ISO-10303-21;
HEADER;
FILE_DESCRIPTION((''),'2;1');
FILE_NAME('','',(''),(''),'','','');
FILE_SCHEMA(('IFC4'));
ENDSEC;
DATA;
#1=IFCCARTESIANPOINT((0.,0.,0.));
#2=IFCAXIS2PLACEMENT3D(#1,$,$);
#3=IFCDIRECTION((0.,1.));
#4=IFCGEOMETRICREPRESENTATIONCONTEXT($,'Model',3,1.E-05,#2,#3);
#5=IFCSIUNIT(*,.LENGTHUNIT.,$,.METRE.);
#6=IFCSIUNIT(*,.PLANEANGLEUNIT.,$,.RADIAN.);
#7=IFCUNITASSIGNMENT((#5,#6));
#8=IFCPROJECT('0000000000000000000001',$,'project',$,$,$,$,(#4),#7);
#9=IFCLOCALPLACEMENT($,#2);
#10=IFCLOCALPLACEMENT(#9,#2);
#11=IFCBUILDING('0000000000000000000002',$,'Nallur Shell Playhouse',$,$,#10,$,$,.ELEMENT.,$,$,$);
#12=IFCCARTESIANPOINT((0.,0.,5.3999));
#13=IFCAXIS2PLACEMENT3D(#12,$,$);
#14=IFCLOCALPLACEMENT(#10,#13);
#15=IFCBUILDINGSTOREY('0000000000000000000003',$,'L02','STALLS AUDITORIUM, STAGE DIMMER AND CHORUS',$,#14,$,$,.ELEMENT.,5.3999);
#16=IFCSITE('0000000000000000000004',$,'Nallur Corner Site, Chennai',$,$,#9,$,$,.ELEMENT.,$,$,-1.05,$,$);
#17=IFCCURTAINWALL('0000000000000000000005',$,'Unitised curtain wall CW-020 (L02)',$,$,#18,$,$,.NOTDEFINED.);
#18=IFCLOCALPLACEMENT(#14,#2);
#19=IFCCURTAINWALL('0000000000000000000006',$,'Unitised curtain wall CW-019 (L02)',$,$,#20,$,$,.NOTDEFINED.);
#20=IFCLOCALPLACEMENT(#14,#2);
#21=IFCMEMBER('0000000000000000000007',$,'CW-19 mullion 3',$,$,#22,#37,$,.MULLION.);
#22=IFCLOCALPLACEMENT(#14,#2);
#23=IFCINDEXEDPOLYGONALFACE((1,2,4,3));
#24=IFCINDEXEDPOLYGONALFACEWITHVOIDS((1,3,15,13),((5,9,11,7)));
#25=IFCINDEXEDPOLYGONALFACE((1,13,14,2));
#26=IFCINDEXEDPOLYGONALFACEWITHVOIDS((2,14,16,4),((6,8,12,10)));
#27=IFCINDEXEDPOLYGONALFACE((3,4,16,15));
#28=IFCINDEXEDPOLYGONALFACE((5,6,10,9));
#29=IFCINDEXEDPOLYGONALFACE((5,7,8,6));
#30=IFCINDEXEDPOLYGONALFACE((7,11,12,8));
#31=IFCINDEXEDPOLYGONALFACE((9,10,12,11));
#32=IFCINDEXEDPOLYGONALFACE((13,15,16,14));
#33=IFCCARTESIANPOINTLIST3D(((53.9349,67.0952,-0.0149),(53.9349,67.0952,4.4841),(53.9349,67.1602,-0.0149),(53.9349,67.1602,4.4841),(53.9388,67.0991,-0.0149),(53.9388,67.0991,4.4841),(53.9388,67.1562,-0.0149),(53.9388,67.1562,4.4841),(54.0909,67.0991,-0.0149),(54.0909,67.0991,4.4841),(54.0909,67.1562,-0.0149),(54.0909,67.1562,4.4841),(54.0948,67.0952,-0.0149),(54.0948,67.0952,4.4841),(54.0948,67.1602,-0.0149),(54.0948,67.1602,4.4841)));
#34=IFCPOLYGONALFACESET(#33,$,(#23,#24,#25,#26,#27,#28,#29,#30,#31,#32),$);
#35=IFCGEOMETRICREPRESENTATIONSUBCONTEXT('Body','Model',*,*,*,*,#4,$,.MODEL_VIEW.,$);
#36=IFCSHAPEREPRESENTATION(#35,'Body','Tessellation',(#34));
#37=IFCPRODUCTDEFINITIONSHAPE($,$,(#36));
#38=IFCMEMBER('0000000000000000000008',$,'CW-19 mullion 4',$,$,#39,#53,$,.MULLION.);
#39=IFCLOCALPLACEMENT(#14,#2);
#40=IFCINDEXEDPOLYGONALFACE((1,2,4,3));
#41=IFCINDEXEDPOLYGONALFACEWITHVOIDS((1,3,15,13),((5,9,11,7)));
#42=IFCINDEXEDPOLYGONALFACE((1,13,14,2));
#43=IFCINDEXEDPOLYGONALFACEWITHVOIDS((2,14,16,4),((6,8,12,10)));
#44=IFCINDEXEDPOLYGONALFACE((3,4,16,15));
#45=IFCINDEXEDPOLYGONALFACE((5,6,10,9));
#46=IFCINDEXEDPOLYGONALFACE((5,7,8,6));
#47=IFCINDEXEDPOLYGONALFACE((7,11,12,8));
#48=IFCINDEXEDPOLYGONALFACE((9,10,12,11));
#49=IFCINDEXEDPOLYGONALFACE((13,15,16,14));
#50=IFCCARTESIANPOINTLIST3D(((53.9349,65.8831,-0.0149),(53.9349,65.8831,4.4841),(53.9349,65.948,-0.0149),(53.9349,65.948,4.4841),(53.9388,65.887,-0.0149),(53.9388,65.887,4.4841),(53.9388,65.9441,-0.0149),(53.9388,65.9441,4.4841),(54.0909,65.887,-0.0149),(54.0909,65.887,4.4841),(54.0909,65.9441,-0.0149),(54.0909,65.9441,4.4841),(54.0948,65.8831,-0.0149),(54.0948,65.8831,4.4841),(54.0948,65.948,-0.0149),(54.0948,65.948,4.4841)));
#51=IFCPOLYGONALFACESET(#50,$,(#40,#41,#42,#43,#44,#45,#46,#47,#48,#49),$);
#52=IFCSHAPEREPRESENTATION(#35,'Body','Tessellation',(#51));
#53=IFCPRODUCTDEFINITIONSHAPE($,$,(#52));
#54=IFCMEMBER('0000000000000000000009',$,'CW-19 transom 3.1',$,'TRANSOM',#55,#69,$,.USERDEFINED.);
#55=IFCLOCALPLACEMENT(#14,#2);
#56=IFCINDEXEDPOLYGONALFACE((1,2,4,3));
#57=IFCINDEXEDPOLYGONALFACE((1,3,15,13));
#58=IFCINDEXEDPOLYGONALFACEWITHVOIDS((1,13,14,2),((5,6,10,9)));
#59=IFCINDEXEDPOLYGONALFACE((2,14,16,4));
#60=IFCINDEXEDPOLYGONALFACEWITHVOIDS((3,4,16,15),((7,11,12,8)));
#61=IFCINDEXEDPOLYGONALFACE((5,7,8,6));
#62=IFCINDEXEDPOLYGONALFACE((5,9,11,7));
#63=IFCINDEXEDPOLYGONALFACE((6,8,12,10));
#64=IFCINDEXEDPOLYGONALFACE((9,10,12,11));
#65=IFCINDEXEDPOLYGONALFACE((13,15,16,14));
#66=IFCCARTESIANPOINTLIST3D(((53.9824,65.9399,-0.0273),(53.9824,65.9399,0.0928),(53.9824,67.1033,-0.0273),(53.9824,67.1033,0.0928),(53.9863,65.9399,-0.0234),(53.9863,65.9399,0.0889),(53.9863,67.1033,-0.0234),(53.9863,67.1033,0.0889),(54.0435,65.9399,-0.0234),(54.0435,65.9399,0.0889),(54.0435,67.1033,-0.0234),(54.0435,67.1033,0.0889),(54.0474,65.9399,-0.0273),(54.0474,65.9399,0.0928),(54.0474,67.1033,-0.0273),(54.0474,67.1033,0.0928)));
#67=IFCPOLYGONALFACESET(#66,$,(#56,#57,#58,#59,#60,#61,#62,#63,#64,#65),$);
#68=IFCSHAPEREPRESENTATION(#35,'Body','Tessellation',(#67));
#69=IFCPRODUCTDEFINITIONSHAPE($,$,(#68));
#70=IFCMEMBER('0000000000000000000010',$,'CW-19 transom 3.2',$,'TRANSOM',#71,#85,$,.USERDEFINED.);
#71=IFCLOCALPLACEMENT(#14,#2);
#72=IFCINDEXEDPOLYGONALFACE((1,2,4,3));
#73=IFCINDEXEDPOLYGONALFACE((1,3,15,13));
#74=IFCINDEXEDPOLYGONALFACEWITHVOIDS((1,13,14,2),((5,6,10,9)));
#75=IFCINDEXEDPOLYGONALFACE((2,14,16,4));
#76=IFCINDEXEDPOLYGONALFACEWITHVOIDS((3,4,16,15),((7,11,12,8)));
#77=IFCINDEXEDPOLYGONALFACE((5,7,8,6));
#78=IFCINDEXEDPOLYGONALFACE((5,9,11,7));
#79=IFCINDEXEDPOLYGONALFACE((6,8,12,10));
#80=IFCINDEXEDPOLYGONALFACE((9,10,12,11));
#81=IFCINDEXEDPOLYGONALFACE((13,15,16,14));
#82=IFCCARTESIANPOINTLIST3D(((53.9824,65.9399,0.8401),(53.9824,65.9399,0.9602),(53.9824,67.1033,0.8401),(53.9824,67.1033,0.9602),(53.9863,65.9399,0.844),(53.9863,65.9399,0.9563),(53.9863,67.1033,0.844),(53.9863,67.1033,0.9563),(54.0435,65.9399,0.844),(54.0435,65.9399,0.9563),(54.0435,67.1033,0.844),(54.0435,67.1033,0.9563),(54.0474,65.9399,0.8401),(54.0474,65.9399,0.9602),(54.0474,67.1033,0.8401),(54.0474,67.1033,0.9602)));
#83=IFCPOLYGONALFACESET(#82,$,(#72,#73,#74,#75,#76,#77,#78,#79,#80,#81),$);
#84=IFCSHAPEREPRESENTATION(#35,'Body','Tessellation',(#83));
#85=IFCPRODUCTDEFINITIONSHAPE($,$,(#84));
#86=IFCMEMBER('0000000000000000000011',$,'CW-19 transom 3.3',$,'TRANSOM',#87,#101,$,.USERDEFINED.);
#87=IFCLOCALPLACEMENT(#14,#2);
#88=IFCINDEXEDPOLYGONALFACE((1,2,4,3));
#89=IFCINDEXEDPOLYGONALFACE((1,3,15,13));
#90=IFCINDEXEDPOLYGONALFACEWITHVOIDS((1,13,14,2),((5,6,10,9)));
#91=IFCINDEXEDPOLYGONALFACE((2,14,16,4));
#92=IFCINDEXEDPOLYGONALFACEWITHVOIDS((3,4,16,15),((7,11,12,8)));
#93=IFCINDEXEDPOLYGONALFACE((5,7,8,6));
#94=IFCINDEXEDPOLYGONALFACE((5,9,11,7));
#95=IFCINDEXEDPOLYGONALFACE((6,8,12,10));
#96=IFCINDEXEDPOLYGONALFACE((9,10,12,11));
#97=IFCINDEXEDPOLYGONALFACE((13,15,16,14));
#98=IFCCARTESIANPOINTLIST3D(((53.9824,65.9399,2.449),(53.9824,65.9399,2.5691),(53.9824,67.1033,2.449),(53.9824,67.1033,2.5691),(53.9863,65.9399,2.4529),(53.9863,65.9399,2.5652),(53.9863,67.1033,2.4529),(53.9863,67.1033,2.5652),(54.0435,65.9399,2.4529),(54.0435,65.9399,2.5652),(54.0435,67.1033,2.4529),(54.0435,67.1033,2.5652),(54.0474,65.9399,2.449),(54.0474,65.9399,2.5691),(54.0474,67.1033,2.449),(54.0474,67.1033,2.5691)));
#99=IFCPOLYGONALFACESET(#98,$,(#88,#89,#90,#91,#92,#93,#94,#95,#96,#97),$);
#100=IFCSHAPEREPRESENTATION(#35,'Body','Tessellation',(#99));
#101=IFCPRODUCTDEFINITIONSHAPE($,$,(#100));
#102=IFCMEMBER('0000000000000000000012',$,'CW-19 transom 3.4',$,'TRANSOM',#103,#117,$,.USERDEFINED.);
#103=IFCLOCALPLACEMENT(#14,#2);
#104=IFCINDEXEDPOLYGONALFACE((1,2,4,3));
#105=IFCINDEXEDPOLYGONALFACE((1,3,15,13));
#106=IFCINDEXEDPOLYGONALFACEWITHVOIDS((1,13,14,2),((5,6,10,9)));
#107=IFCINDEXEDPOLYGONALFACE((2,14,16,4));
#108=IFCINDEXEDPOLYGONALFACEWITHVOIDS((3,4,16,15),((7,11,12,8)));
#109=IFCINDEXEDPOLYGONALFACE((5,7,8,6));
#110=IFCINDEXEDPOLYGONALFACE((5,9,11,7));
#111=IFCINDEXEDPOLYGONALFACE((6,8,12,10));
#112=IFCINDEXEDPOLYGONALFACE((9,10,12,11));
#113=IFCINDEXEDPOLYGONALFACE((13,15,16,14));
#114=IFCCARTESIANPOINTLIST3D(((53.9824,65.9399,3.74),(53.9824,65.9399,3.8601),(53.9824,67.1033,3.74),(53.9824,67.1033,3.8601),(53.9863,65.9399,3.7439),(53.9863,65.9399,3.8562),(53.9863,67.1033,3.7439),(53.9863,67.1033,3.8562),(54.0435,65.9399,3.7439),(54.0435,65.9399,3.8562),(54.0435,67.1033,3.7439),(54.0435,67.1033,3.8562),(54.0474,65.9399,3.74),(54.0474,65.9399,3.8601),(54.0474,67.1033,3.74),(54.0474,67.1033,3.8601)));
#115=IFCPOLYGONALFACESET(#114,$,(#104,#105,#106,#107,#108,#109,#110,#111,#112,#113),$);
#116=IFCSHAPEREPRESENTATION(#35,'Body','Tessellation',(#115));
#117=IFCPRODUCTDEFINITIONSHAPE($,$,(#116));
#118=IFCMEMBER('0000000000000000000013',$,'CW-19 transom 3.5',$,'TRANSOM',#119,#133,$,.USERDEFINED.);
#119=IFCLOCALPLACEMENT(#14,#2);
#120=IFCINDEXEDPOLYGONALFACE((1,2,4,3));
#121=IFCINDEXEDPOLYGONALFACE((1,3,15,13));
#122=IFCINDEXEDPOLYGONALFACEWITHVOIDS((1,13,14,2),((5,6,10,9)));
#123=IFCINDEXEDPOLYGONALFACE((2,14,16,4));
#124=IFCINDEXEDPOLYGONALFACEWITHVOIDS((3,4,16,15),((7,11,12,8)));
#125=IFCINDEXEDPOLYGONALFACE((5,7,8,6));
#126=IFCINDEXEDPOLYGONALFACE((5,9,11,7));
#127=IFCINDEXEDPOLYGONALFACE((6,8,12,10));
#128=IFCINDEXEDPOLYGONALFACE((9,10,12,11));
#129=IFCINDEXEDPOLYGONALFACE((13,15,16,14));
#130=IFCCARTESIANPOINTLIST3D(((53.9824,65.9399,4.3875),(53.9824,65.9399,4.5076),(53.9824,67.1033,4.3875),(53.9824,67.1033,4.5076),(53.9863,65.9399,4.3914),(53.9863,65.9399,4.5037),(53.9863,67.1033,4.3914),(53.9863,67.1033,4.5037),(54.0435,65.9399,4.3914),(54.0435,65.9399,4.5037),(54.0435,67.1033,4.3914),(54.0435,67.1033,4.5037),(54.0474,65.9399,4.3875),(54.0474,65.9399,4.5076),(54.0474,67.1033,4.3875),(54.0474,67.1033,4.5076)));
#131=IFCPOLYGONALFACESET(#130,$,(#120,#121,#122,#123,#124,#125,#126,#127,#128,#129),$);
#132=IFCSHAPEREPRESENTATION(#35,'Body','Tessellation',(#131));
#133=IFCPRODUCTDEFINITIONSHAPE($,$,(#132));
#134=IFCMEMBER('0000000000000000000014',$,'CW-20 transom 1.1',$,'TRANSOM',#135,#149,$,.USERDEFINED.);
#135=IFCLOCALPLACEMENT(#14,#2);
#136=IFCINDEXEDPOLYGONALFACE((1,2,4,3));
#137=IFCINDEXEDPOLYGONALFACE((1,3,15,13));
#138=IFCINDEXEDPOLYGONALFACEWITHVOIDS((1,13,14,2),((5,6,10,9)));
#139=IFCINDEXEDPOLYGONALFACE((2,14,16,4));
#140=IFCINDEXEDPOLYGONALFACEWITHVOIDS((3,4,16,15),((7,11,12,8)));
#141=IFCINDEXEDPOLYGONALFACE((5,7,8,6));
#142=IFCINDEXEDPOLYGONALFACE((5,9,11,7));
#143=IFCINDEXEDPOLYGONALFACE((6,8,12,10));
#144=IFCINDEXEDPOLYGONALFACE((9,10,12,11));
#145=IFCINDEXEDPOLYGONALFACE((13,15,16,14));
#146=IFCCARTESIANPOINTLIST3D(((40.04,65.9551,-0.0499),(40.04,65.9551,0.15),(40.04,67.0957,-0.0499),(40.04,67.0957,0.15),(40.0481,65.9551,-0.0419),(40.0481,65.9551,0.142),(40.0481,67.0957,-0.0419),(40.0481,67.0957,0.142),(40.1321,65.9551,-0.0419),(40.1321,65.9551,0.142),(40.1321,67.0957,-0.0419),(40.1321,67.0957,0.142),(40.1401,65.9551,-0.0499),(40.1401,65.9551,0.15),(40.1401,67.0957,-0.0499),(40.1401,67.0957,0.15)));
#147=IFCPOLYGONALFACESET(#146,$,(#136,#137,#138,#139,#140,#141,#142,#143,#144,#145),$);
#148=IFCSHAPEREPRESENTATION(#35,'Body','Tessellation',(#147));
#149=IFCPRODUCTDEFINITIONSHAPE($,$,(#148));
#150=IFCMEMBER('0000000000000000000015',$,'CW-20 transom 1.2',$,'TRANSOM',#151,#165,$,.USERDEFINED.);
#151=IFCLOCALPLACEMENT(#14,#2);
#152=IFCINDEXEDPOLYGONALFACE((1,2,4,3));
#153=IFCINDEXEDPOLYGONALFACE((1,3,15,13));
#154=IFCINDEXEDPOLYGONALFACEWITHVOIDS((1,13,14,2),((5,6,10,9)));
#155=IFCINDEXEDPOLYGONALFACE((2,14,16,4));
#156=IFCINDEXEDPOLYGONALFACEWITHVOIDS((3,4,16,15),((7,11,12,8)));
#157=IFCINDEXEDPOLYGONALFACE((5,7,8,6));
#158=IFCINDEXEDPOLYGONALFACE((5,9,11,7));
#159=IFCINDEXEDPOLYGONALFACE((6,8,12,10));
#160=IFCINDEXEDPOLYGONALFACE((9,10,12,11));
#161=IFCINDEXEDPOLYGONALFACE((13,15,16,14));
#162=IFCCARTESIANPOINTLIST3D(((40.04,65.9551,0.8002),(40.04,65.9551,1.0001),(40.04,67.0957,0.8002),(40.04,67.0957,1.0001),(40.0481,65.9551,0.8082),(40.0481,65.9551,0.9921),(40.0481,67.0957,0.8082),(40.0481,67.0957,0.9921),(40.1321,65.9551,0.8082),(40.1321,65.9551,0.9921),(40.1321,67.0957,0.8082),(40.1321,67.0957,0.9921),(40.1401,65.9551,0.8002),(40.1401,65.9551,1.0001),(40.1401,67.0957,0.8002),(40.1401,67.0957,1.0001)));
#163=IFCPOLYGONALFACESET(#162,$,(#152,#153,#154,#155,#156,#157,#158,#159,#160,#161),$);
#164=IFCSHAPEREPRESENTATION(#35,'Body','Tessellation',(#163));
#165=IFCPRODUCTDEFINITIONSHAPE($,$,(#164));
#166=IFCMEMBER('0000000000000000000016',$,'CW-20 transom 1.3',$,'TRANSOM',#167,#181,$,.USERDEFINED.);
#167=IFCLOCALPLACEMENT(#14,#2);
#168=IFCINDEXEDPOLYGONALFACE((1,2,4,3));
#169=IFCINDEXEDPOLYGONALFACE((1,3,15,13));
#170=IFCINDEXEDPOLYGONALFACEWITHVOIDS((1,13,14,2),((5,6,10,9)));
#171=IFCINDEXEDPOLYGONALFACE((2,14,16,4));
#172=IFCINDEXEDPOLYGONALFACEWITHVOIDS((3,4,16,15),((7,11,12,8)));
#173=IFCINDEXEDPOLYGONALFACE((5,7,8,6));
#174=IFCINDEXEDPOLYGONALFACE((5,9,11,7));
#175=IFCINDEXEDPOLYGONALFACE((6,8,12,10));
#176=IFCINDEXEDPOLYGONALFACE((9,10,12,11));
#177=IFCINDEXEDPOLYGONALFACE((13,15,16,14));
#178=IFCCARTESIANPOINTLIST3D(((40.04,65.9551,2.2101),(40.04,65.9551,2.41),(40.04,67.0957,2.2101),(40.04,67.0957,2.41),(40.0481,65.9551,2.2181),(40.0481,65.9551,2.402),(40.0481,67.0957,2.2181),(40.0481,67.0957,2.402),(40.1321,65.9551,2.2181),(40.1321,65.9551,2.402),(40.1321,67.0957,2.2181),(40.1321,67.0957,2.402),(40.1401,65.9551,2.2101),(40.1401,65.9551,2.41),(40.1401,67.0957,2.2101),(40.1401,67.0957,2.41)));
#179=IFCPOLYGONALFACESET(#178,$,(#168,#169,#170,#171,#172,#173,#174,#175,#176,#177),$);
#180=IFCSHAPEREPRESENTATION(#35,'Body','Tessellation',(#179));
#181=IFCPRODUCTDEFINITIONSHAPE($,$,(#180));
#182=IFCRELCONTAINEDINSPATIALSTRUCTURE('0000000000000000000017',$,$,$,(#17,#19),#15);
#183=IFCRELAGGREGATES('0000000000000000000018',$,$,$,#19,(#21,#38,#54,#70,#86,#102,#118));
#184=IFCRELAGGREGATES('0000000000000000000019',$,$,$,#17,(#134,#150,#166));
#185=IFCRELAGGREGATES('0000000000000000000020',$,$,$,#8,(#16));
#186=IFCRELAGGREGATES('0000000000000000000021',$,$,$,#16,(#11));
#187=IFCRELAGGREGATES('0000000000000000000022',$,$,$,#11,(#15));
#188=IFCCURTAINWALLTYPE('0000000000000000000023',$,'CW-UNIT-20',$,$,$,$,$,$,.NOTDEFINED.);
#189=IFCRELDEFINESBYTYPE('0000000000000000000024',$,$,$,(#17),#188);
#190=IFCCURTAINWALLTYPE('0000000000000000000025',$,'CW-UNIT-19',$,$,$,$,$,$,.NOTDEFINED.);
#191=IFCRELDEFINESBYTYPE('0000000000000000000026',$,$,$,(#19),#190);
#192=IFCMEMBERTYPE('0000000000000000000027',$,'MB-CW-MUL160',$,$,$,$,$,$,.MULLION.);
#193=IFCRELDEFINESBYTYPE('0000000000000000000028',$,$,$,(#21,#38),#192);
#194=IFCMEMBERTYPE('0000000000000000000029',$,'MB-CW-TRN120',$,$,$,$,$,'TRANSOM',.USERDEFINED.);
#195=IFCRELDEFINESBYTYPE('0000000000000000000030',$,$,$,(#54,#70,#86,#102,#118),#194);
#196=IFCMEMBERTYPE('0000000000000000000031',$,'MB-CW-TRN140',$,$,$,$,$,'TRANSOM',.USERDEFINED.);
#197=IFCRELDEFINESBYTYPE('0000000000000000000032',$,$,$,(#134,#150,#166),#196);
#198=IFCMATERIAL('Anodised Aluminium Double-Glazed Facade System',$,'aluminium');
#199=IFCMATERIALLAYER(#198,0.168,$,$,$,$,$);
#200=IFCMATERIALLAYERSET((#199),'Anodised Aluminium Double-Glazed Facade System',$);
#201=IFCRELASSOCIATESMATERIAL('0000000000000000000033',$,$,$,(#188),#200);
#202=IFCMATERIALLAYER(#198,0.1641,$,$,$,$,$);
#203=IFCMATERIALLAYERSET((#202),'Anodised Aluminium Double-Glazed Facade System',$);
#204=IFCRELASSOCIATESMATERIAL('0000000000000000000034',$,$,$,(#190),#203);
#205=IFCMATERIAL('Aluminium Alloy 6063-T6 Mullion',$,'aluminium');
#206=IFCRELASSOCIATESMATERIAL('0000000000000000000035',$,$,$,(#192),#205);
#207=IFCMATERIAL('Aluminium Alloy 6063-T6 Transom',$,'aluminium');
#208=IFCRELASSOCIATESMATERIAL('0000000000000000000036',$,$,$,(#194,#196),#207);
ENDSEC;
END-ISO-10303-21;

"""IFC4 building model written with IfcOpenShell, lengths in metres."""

from ifc_helpers import new_model, si_unit, direction, frame, origin, origin_2d, place, context, subcontext, project, spatial, hollow_rectangle, extrude, material, layer, layer_set, material_profile, profile_set, type_object, element, aggregate, save


model = new_model("IFC4")

# Units and contexts
model_context = context("Model", 3, precision=1e-05, world=origin(), true_north=direction((0.0, 1.0)))
body_context = subcontext(model_context, "Body", "Model", "MODEL_VIEW")
ifc_project = project(units=[si_unit("LENGTHUNIT", "METRE"), si_unit("PLANEANGLEUNIT", "RADIAN")], contexts=[model_context])

# Site, building, storey
site_placement = place(None, origin())
site = spatial("IfcSite", under=ifc_project, at=site_placement, Name="Nallur Corner Site, Chennai", CompositionType="ELEMENT", RefElevation=-1.05)
building_placement = place(site_placement, origin())
building = spatial("IfcBuilding", under=site, at=building_placement, Name="Nallur Shell Playhouse", CompositionType="ELEMENT")
storey_placement = place(building_placement, frame((0.0, 0.0, 5.3999)))
storey = spatial("IfcBuildingStorey", under=building, at=storey_placement, Name="L02", Description="STALLS AUDITORIUM, STAGE DIMMER AND CHORUS", CompositionType="ELEMENT", Elevation=5.3999)

# Curtain walls, members
ifc_material_1 = material(Name="Anodised Aluminium Double-Glazed Facade System", Category="aluminium")
ifc_layer_1 = layer(ifc_material_1, 0.168)
ifc_layer_set_1 = layer_set([ifc_layer_1], Name="Anodised Aluminium Double-Glazed Facade System")
curtain_wall_type_1 = type_object("IfcCurtainWallType", Name="CW-UNIT-20", PredefinedType="NOTDEFINED", material=ifc_layer_set_1)
curtain_wall_1_placement = place(storey_placement, origin())
curtain_wall_1 = element("IfcCurtainWall", 1, at=curtain_wall_1_placement, inside=storey, type_object=curtain_wall_type_1, Name="Unitised curtain wall CW-020 (L02)", PredefinedType="NOTDEFINED")
ifc_material_2 = material(Name="Aluminium Alloy 6063-T6 Mullion", Category="aluminium")
ifc_layer_2 = layer(ifc_material_1, 0.1641)
ifc_layer_set_2 = layer_set([ifc_layer_2], Name="Anodised Aluminium Double-Glazed Facade System")
curtain_wall_type_2 = type_object("IfcCurtainWallType", Name="CW-UNIT-19", PredefinedType="NOTDEFINED", material=ifc_layer_set_2)
curtain_wall_2_placement = place(storey_placement, origin())
curtain_wall_2 = element("IfcCurtainWall", 2, at=curtain_wall_2_placement, inside=storey, type_object=curtain_wall_type_2, Name="Unitised curtain wall CW-019 (L02)", PredefinedType="NOTDEFINED")
ifc_material_profile_1 = material_profile(ifc_material_2, hollow_rectangle(XDim=0.0649, YDim=0.1599, WallThickness=0.0039, at=origin_2d()), Name="ALU 65x160x4")
ifc_profile_set_1 = profile_set([ifc_material_profile_1], Name="Aluminium Alloy 6063-T6 Mullion")
member_type_1 = type_object("IfcMemberType", Name="MB-CW-MUL160", PredefinedType="MULLION", material=ifc_profile_set_1)
member_1_placement = place(storey_placement, frame((54.0149, 67.1277, -0.0149), z_axis=(0.0, 0.0, 1.0), x_axis=(0.0, -1.0, 0.0)))
member_1 = element("IfcMember", 3, at=member_1_placement, type_object=member_type_1, Name="CW-19 mullion 3", PredefinedType="MULLION", context=body_context, shape_type="SweptSolid", body=[
    extrude(hollow_rectangle(XDim=0.0649, YDim=0.1599, WallThickness=0.0039, at=origin_2d()), origin(), (0.0, 0.0, 1.0), 4.499),
])
member_2_placement = place(storey_placement, frame((54.0149, 65.9155, -0.0149), z_axis=(0.0, 0.0, 1.0), x_axis=(0.0, -1.0, 0.0)))
member_2 = element("IfcMember", 4, at=member_2_placement, type_object=member_type_1, Name="CW-19 mullion 4", PredefinedType="MULLION", context=body_context, shape_type="SweptSolid", body=[
    extrude(hollow_rectangle(XDim=0.0649, YDim=0.1599, WallThickness=0.0039, at=origin_2d()), origin(), (0.0, 0.0, 1.0), 4.499),
])
ifc_material_3 = material(Name="Aluminium Alloy 6063-T6 Transom", Category="aluminium")
ifc_material_profile_2 = material_profile(ifc_material_3, hollow_rectangle(XDim=0.0649, YDim=0.1201, WallThickness=0.0039, at=origin_2d()), Name="ALU 65x120x4")
ifc_profile_set_2 = profile_set([ifc_material_profile_2], Name="Aluminium Alloy 6063-T6 Transom")
member_type_2 = type_object("IfcMemberType", Name="MB-CW-TRN120", ElementType="TRANSOM", PredefinedType="USERDEFINED", material=ifc_profile_set_2)
member_3_placement = place(storey_placement, frame((54.0149, 67.1033, 0.0327), z_axis=(0.0, -1.0, 0.0), x_axis=(1.0, 0.0, 0.0)))
member_3 = element("IfcMember", 5, at=member_3_placement, type_object=member_type_2, Name="CW-19 transom 3.1", ObjectType="TRANSOM", PredefinedType="USERDEFINED", context=body_context, shape_type="SweptSolid", body=[
    extrude(hollow_rectangle(XDim=0.0649, YDim=0.1201, WallThickness=0.0039, at=origin_2d()), origin(), (0.0, 0.0, 1.0), 1.1633),
])
member_4_placement = place(storey_placement, frame((54.0149, 67.1033, 0.9001), z_axis=(0.0, -1.0, 0.0), x_axis=(1.0, 0.0, 0.0)))
member_4 = element("IfcMember", 6, at=member_4_placement, type_object=member_type_2, Name="CW-19 transom 3.2", ObjectType="TRANSOM", PredefinedType="USERDEFINED", context=body_context, shape_type="SweptSolid", body=[
    extrude(hollow_rectangle(XDim=0.0649, YDim=0.1201, WallThickness=0.0039, at=origin_2d()), origin(), (0.0, 0.0, 1.0), 1.1633),
])
member_5_placement = place(storey_placement, frame((54.0149, 67.1033, 2.509), z_axis=(0.0, -1.0, 0.0), x_axis=(1.0, 0.0, 0.0)))
member_5 = element("IfcMember", 7, at=member_5_placement, type_object=member_type_2, Name="CW-19 transom 3.3", ObjectType="TRANSOM", PredefinedType="USERDEFINED", context=body_context, shape_type="SweptSolid", body=[
    extrude(hollow_rectangle(XDim=0.0649, YDim=0.1201, WallThickness=0.0039, at=origin_2d()), origin(), (0.0, 0.0, 1.0), 1.1633),
])
member_6_placement = place(storey_placement, frame((54.0149, 67.1033, 3.8), z_axis=(0.0, -1.0, 0.0), x_axis=(1.0, 0.0, 0.0)))
member_6 = element("IfcMember", 8, at=member_6_placement, type_object=member_type_2, Name="CW-19 transom 3.4", ObjectType="TRANSOM", PredefinedType="USERDEFINED", context=body_context, shape_type="SweptSolid", body=[
    extrude(hollow_rectangle(XDim=0.0649, YDim=0.1201, WallThickness=0.0039, at=origin_2d()), origin(), (0.0, 0.0, 1.0), 1.1633),
])
member_7_placement = place(storey_placement, frame((54.0149, 67.1033, 4.4475), z_axis=(0.0, -1.0, 0.0), x_axis=(1.0, 0.0, 0.0)))
member_7 = element("IfcMember", 9, at=member_7_placement, type_object=member_type_2, Name="CW-19 transom 3.5", ObjectType="TRANSOM", PredefinedType="USERDEFINED", context=body_context, shape_type="SweptSolid", body=[
    extrude(hollow_rectangle(XDim=0.0649, YDim=0.1201, WallThickness=0.0039, at=origin_2d()), origin(), (0.0, 0.0, 1.0), 1.1633),
])

# Members
ifc_material_profile_3 = material_profile(ifc_material_3, hollow_rectangle(XDim=0.1001, YDim=0.2, WallThickness=0.0081, at=origin_2d()), Name="RHS 200x100x8")
ifc_profile_set_3 = profile_set([ifc_material_profile_3], Name="Aluminium Alloy 6063-T6 Transom")
member_type_3 = type_object("IfcMemberType", Name="MB-CW-TRN140", ElementType="TRANSOM", PredefinedType="USERDEFINED", material=ifc_profile_set_3)
member_8_placement = place(storey_placement, frame((40.0901, 65.9551, 0.05), z_axis=(0.0, 1.0, 0.0), x_axis=(-1.0, 0.0, 0.0)))
member_8 = element("IfcMember", 10, at=member_8_placement, type_object=member_type_3, Name="CW-20 transom 1.1", ObjectType="TRANSOM", PredefinedType="USERDEFINED", context=body_context, shape_type="SweptSolid", body=[
    extrude(hollow_rectangle(XDim=0.1001, YDim=0.2, WallThickness=0.0081, at=origin_2d()), origin(), (0.0, 0.0, 1.0), 1.1406),
])
member_9_placement = place(storey_placement, frame((40.0901, 65.9551, 0.9001), z_axis=(0.0, 1.0, 0.0), x_axis=(-1.0, 0.0, 0.0)))
member_9 = element("IfcMember", 11, at=member_9_placement, type_object=member_type_3, Name="CW-20 transom 1.2", ObjectType="TRANSOM", PredefinedType="USERDEFINED", context=body_context, shape_type="SweptSolid", body=[
    extrude(hollow_rectangle(XDim=0.1001, YDim=0.2, WallThickness=0.0081, at=origin_2d()), origin(), (0.0, 0.0, 1.0), 1.1406),
])
member_10_placement = place(storey_placement, frame((40.0901, 65.9551, 2.3101), z_axis=(0.0, 1.0, 0.0), x_axis=(-1.0, 0.0, 0.0)))
member_10 = element("IfcMember", 12, at=member_10_placement, type_object=member_type_3, Name="CW-20 transom 1.3", ObjectType="TRANSOM", PredefinedType="USERDEFINED", context=body_context, shape_type="SweptSolid", body=[
    extrude(hollow_rectangle(XDim=0.1001, YDim=0.2, WallThickness=0.0081, at=origin_2d()), origin(), (0.0, 0.0, 1.0), 1.1406),
])

aggregate(curtain_wall_2, [member_1, member_2, member_3, member_4, member_5, member_6, member_7])
aggregate(curtain_wall_1, [member_8, member_9, member_10])

save(model, "model.ifc")
